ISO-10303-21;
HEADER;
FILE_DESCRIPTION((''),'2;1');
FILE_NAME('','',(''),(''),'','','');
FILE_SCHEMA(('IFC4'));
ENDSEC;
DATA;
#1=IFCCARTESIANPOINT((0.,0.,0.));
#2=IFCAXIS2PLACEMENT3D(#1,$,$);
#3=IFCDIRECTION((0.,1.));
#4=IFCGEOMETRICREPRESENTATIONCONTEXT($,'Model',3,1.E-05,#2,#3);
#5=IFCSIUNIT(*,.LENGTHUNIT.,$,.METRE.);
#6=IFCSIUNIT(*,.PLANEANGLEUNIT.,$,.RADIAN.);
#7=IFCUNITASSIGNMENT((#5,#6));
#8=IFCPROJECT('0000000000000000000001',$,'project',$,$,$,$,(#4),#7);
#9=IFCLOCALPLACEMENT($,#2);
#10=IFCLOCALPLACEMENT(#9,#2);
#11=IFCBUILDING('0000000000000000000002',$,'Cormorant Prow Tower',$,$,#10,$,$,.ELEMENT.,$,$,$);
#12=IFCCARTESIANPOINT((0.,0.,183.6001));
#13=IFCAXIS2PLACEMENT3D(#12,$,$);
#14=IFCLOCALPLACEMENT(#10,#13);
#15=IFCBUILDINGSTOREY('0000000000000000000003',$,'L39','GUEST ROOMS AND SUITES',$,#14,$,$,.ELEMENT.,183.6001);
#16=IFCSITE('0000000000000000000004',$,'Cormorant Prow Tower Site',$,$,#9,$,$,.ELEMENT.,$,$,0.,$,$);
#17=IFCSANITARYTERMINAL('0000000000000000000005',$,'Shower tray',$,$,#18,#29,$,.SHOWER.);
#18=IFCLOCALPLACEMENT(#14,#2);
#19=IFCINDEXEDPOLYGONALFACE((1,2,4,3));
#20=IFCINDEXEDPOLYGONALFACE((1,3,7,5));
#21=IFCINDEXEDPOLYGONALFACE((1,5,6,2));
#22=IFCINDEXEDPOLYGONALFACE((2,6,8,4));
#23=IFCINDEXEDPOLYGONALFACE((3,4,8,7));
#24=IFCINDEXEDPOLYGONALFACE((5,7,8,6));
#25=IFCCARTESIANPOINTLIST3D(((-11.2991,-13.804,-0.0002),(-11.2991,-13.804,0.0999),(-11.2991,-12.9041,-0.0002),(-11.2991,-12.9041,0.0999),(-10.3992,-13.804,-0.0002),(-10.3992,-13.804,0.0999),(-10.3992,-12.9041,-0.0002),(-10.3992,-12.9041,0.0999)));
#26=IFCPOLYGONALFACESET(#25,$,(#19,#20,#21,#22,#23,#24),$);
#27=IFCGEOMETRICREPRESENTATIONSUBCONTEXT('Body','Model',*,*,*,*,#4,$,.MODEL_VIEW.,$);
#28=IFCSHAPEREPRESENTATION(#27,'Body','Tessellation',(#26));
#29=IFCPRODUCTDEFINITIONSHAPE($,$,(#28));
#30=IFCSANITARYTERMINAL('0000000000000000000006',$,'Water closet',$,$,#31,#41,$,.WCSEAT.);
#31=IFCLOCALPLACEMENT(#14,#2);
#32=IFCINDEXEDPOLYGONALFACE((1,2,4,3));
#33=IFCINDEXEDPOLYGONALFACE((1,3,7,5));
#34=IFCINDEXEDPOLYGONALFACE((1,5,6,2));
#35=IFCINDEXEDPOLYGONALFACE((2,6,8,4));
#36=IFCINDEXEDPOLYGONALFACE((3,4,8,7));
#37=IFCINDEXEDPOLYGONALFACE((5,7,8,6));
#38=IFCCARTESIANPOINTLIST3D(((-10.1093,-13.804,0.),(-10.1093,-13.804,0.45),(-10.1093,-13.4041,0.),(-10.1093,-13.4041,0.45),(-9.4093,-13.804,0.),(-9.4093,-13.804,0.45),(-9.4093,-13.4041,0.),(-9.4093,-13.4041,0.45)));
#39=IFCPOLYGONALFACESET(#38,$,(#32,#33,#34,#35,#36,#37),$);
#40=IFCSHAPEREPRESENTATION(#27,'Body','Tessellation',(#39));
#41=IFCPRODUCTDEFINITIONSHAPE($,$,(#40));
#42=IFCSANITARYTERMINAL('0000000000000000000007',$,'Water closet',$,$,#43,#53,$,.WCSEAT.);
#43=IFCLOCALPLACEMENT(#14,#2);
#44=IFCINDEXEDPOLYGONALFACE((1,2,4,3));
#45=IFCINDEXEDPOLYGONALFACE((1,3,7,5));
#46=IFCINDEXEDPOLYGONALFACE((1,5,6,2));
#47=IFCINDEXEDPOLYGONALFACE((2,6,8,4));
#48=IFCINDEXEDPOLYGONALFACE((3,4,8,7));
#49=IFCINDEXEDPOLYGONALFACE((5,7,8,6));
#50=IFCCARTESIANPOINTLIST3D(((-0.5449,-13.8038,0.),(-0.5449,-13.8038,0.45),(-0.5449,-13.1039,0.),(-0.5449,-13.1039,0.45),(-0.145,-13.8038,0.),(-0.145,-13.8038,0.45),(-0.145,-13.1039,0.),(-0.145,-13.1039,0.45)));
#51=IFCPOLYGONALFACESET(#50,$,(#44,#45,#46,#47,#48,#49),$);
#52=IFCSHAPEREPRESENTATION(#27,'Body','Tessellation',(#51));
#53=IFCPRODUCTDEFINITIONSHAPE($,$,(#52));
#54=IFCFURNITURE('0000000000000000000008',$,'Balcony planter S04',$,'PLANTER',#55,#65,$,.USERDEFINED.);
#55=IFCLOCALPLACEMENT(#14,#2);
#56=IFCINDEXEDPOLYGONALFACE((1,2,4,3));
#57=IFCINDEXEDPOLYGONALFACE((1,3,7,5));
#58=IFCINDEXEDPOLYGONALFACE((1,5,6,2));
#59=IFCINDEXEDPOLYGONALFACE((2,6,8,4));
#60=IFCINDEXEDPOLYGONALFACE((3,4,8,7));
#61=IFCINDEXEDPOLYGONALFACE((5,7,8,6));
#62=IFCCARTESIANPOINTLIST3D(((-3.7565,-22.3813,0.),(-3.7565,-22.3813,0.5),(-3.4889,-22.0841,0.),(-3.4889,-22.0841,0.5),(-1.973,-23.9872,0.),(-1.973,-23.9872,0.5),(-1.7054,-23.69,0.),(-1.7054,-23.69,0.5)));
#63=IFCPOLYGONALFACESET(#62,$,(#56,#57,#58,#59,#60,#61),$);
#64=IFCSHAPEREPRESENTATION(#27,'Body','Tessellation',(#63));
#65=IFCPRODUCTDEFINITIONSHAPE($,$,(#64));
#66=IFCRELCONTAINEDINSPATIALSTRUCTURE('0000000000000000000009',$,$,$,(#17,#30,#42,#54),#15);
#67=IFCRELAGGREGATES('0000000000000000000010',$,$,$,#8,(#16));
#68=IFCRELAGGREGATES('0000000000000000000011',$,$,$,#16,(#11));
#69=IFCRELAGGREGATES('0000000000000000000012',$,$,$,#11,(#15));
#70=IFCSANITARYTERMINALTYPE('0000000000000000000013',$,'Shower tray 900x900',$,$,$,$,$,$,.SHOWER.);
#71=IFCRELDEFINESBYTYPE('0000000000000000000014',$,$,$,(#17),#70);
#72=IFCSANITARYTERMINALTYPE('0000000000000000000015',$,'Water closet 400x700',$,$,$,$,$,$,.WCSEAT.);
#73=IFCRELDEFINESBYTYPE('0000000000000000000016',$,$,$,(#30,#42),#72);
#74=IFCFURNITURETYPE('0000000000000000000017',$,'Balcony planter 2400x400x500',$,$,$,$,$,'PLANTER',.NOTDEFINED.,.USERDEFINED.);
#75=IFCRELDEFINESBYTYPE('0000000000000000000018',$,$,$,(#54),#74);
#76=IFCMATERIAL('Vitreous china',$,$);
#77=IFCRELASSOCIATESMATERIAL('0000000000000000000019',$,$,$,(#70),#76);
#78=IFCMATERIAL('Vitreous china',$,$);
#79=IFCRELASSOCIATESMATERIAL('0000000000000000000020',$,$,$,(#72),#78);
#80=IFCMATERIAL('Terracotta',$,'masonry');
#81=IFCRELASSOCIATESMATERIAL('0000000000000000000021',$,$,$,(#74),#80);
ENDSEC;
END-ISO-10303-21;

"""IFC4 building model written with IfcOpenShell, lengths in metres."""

from ifc_helpers import new_model, si_unit, direction, frame, origin, origin_2d, place, context, subcontext, project, spatial, rectangle, extrude, material, type_object, element, save


model = new_model("IFC4")

# Units and contexts
model_context = context("Model", 3, precision=1e-05, world=origin(), true_north=direction((0.0, 1.0)))
body_context = subcontext(model_context, "Body", "Model", "MODEL_VIEW")
ifc_project = project(units=[si_unit("LENGTHUNIT", "METRE"), si_unit("PLANEANGLEUNIT", "RADIAN")], contexts=[model_context])

# Site, building, storey
site_placement = place(None, origin())
site = spatial("IfcSite", under=ifc_project, at=site_placement, Name="Cormorant Prow Tower Site", CompositionType="ELEMENT", RefElevation=0.0)
building_placement = place(site_placement, origin())
building = spatial("IfcBuilding", under=site, at=building_placement, Name="Cormorant Prow Tower", CompositionType="ELEMENT")
storey_placement = place(building_placement, frame((0.0, 0.0, 183.6001)))
storey = spatial("IfcBuildingStorey", under=building, at=storey_placement, Name="L39", Description="GUEST ROOMS AND SUITES", CompositionType="ELEMENT", Elevation=183.6001)

# Sanitary terminals
ifc_material_1 = material(Name="Vitreous china")
sanitary_terminal_type_1 = type_object("IfcSanitaryTerminalType", Name="Shower tray 900x900", PredefinedType="SHOWER", material=ifc_material_1)
sanitary_terminal_placement = place(storey_placement, frame((-10.8491, -13.354, -0.0002), z_axis=(0.0, 0.0, 1.0), x_axis=(-1.0, 0.0, 0.0)))
element("IfcSanitaryTerminal", 1, at=sanitary_terminal_placement, inside=storey, type_object=sanitary_terminal_type_1, Name="Shower tray", PredefinedType="SHOWER", context=body_context, shape_type="SweptSolid", body=[
    extrude(rectangle(XDim=0.8999, YDim=0.8999, at=origin_2d()), origin(), (0.0, 0.0, 1.0), 0.1001),
])
ifc_material_2 = material(Name="Vitreous china")
sanitary_terminal_type_2 = type_object("IfcSanitaryTerminalType", Name="Water closet 400x700", PredefinedType="WCSEAT", material=ifc_material_2)
for number, where, z_axis, x_axis, name in (
    (2, (-9.7593, -13.604, 0.0), (0.0, 0.0, 1.0), (0.0, 1.0, 0.0), "Water closet"),
    (3, (-0.345, -13.4539, 0.0), (0.0, 0.0, 1.0), (-1.0, 0.0, 0.0), "Water closet"),
):
    element("IfcSanitaryTerminal", number, at=place(storey_placement, frame(where, z_axis=z_axis, x_axis=x_axis)), inside=storey, type_object=sanitary_terminal_type_2, Name=name, PredefinedType="WCSEAT", context=body_context, shape_type="SweptSolid", body=[
        extrude(rectangle(XDim=0.3999, YDim=0.7, at=origin_2d()), origin(), (0.0, 0.0, 1.0), 0.45),
    ])

# Furniture
ifc_material_3 = material(Name="Terracotta", Category="masonry")
furniture_type = type_object("IfcFurnitureType", Name="Balcony planter 2400x400x500", ElementType="PLANTER", AssemblyPlace="NOTDEFINED", PredefinedType="USERDEFINED", material=ifc_material_3)
furniture_placement = place(storey_placement, frame((-2.731, -23.0356, 0.0), z_axis=(0.0, 0.0, 1.0), x_axis=(0.743145, -0.669131, 0.0)))
element("IfcFurniture", 4, at=furniture_placement, inside=storey, type_object=furniture_type, Name="Balcony planter S04", ObjectType="PLANTER", PredefinedType="USERDEFINED", context=body_context, shape_type="SweptSolid", body=[
    extrude(rectangle(XDim=2.3999, YDim=0.3999, at=origin_2d()), origin(), (0.0, 0.0, 1.0), 0.5),
])

save(model, "model.ifc")
